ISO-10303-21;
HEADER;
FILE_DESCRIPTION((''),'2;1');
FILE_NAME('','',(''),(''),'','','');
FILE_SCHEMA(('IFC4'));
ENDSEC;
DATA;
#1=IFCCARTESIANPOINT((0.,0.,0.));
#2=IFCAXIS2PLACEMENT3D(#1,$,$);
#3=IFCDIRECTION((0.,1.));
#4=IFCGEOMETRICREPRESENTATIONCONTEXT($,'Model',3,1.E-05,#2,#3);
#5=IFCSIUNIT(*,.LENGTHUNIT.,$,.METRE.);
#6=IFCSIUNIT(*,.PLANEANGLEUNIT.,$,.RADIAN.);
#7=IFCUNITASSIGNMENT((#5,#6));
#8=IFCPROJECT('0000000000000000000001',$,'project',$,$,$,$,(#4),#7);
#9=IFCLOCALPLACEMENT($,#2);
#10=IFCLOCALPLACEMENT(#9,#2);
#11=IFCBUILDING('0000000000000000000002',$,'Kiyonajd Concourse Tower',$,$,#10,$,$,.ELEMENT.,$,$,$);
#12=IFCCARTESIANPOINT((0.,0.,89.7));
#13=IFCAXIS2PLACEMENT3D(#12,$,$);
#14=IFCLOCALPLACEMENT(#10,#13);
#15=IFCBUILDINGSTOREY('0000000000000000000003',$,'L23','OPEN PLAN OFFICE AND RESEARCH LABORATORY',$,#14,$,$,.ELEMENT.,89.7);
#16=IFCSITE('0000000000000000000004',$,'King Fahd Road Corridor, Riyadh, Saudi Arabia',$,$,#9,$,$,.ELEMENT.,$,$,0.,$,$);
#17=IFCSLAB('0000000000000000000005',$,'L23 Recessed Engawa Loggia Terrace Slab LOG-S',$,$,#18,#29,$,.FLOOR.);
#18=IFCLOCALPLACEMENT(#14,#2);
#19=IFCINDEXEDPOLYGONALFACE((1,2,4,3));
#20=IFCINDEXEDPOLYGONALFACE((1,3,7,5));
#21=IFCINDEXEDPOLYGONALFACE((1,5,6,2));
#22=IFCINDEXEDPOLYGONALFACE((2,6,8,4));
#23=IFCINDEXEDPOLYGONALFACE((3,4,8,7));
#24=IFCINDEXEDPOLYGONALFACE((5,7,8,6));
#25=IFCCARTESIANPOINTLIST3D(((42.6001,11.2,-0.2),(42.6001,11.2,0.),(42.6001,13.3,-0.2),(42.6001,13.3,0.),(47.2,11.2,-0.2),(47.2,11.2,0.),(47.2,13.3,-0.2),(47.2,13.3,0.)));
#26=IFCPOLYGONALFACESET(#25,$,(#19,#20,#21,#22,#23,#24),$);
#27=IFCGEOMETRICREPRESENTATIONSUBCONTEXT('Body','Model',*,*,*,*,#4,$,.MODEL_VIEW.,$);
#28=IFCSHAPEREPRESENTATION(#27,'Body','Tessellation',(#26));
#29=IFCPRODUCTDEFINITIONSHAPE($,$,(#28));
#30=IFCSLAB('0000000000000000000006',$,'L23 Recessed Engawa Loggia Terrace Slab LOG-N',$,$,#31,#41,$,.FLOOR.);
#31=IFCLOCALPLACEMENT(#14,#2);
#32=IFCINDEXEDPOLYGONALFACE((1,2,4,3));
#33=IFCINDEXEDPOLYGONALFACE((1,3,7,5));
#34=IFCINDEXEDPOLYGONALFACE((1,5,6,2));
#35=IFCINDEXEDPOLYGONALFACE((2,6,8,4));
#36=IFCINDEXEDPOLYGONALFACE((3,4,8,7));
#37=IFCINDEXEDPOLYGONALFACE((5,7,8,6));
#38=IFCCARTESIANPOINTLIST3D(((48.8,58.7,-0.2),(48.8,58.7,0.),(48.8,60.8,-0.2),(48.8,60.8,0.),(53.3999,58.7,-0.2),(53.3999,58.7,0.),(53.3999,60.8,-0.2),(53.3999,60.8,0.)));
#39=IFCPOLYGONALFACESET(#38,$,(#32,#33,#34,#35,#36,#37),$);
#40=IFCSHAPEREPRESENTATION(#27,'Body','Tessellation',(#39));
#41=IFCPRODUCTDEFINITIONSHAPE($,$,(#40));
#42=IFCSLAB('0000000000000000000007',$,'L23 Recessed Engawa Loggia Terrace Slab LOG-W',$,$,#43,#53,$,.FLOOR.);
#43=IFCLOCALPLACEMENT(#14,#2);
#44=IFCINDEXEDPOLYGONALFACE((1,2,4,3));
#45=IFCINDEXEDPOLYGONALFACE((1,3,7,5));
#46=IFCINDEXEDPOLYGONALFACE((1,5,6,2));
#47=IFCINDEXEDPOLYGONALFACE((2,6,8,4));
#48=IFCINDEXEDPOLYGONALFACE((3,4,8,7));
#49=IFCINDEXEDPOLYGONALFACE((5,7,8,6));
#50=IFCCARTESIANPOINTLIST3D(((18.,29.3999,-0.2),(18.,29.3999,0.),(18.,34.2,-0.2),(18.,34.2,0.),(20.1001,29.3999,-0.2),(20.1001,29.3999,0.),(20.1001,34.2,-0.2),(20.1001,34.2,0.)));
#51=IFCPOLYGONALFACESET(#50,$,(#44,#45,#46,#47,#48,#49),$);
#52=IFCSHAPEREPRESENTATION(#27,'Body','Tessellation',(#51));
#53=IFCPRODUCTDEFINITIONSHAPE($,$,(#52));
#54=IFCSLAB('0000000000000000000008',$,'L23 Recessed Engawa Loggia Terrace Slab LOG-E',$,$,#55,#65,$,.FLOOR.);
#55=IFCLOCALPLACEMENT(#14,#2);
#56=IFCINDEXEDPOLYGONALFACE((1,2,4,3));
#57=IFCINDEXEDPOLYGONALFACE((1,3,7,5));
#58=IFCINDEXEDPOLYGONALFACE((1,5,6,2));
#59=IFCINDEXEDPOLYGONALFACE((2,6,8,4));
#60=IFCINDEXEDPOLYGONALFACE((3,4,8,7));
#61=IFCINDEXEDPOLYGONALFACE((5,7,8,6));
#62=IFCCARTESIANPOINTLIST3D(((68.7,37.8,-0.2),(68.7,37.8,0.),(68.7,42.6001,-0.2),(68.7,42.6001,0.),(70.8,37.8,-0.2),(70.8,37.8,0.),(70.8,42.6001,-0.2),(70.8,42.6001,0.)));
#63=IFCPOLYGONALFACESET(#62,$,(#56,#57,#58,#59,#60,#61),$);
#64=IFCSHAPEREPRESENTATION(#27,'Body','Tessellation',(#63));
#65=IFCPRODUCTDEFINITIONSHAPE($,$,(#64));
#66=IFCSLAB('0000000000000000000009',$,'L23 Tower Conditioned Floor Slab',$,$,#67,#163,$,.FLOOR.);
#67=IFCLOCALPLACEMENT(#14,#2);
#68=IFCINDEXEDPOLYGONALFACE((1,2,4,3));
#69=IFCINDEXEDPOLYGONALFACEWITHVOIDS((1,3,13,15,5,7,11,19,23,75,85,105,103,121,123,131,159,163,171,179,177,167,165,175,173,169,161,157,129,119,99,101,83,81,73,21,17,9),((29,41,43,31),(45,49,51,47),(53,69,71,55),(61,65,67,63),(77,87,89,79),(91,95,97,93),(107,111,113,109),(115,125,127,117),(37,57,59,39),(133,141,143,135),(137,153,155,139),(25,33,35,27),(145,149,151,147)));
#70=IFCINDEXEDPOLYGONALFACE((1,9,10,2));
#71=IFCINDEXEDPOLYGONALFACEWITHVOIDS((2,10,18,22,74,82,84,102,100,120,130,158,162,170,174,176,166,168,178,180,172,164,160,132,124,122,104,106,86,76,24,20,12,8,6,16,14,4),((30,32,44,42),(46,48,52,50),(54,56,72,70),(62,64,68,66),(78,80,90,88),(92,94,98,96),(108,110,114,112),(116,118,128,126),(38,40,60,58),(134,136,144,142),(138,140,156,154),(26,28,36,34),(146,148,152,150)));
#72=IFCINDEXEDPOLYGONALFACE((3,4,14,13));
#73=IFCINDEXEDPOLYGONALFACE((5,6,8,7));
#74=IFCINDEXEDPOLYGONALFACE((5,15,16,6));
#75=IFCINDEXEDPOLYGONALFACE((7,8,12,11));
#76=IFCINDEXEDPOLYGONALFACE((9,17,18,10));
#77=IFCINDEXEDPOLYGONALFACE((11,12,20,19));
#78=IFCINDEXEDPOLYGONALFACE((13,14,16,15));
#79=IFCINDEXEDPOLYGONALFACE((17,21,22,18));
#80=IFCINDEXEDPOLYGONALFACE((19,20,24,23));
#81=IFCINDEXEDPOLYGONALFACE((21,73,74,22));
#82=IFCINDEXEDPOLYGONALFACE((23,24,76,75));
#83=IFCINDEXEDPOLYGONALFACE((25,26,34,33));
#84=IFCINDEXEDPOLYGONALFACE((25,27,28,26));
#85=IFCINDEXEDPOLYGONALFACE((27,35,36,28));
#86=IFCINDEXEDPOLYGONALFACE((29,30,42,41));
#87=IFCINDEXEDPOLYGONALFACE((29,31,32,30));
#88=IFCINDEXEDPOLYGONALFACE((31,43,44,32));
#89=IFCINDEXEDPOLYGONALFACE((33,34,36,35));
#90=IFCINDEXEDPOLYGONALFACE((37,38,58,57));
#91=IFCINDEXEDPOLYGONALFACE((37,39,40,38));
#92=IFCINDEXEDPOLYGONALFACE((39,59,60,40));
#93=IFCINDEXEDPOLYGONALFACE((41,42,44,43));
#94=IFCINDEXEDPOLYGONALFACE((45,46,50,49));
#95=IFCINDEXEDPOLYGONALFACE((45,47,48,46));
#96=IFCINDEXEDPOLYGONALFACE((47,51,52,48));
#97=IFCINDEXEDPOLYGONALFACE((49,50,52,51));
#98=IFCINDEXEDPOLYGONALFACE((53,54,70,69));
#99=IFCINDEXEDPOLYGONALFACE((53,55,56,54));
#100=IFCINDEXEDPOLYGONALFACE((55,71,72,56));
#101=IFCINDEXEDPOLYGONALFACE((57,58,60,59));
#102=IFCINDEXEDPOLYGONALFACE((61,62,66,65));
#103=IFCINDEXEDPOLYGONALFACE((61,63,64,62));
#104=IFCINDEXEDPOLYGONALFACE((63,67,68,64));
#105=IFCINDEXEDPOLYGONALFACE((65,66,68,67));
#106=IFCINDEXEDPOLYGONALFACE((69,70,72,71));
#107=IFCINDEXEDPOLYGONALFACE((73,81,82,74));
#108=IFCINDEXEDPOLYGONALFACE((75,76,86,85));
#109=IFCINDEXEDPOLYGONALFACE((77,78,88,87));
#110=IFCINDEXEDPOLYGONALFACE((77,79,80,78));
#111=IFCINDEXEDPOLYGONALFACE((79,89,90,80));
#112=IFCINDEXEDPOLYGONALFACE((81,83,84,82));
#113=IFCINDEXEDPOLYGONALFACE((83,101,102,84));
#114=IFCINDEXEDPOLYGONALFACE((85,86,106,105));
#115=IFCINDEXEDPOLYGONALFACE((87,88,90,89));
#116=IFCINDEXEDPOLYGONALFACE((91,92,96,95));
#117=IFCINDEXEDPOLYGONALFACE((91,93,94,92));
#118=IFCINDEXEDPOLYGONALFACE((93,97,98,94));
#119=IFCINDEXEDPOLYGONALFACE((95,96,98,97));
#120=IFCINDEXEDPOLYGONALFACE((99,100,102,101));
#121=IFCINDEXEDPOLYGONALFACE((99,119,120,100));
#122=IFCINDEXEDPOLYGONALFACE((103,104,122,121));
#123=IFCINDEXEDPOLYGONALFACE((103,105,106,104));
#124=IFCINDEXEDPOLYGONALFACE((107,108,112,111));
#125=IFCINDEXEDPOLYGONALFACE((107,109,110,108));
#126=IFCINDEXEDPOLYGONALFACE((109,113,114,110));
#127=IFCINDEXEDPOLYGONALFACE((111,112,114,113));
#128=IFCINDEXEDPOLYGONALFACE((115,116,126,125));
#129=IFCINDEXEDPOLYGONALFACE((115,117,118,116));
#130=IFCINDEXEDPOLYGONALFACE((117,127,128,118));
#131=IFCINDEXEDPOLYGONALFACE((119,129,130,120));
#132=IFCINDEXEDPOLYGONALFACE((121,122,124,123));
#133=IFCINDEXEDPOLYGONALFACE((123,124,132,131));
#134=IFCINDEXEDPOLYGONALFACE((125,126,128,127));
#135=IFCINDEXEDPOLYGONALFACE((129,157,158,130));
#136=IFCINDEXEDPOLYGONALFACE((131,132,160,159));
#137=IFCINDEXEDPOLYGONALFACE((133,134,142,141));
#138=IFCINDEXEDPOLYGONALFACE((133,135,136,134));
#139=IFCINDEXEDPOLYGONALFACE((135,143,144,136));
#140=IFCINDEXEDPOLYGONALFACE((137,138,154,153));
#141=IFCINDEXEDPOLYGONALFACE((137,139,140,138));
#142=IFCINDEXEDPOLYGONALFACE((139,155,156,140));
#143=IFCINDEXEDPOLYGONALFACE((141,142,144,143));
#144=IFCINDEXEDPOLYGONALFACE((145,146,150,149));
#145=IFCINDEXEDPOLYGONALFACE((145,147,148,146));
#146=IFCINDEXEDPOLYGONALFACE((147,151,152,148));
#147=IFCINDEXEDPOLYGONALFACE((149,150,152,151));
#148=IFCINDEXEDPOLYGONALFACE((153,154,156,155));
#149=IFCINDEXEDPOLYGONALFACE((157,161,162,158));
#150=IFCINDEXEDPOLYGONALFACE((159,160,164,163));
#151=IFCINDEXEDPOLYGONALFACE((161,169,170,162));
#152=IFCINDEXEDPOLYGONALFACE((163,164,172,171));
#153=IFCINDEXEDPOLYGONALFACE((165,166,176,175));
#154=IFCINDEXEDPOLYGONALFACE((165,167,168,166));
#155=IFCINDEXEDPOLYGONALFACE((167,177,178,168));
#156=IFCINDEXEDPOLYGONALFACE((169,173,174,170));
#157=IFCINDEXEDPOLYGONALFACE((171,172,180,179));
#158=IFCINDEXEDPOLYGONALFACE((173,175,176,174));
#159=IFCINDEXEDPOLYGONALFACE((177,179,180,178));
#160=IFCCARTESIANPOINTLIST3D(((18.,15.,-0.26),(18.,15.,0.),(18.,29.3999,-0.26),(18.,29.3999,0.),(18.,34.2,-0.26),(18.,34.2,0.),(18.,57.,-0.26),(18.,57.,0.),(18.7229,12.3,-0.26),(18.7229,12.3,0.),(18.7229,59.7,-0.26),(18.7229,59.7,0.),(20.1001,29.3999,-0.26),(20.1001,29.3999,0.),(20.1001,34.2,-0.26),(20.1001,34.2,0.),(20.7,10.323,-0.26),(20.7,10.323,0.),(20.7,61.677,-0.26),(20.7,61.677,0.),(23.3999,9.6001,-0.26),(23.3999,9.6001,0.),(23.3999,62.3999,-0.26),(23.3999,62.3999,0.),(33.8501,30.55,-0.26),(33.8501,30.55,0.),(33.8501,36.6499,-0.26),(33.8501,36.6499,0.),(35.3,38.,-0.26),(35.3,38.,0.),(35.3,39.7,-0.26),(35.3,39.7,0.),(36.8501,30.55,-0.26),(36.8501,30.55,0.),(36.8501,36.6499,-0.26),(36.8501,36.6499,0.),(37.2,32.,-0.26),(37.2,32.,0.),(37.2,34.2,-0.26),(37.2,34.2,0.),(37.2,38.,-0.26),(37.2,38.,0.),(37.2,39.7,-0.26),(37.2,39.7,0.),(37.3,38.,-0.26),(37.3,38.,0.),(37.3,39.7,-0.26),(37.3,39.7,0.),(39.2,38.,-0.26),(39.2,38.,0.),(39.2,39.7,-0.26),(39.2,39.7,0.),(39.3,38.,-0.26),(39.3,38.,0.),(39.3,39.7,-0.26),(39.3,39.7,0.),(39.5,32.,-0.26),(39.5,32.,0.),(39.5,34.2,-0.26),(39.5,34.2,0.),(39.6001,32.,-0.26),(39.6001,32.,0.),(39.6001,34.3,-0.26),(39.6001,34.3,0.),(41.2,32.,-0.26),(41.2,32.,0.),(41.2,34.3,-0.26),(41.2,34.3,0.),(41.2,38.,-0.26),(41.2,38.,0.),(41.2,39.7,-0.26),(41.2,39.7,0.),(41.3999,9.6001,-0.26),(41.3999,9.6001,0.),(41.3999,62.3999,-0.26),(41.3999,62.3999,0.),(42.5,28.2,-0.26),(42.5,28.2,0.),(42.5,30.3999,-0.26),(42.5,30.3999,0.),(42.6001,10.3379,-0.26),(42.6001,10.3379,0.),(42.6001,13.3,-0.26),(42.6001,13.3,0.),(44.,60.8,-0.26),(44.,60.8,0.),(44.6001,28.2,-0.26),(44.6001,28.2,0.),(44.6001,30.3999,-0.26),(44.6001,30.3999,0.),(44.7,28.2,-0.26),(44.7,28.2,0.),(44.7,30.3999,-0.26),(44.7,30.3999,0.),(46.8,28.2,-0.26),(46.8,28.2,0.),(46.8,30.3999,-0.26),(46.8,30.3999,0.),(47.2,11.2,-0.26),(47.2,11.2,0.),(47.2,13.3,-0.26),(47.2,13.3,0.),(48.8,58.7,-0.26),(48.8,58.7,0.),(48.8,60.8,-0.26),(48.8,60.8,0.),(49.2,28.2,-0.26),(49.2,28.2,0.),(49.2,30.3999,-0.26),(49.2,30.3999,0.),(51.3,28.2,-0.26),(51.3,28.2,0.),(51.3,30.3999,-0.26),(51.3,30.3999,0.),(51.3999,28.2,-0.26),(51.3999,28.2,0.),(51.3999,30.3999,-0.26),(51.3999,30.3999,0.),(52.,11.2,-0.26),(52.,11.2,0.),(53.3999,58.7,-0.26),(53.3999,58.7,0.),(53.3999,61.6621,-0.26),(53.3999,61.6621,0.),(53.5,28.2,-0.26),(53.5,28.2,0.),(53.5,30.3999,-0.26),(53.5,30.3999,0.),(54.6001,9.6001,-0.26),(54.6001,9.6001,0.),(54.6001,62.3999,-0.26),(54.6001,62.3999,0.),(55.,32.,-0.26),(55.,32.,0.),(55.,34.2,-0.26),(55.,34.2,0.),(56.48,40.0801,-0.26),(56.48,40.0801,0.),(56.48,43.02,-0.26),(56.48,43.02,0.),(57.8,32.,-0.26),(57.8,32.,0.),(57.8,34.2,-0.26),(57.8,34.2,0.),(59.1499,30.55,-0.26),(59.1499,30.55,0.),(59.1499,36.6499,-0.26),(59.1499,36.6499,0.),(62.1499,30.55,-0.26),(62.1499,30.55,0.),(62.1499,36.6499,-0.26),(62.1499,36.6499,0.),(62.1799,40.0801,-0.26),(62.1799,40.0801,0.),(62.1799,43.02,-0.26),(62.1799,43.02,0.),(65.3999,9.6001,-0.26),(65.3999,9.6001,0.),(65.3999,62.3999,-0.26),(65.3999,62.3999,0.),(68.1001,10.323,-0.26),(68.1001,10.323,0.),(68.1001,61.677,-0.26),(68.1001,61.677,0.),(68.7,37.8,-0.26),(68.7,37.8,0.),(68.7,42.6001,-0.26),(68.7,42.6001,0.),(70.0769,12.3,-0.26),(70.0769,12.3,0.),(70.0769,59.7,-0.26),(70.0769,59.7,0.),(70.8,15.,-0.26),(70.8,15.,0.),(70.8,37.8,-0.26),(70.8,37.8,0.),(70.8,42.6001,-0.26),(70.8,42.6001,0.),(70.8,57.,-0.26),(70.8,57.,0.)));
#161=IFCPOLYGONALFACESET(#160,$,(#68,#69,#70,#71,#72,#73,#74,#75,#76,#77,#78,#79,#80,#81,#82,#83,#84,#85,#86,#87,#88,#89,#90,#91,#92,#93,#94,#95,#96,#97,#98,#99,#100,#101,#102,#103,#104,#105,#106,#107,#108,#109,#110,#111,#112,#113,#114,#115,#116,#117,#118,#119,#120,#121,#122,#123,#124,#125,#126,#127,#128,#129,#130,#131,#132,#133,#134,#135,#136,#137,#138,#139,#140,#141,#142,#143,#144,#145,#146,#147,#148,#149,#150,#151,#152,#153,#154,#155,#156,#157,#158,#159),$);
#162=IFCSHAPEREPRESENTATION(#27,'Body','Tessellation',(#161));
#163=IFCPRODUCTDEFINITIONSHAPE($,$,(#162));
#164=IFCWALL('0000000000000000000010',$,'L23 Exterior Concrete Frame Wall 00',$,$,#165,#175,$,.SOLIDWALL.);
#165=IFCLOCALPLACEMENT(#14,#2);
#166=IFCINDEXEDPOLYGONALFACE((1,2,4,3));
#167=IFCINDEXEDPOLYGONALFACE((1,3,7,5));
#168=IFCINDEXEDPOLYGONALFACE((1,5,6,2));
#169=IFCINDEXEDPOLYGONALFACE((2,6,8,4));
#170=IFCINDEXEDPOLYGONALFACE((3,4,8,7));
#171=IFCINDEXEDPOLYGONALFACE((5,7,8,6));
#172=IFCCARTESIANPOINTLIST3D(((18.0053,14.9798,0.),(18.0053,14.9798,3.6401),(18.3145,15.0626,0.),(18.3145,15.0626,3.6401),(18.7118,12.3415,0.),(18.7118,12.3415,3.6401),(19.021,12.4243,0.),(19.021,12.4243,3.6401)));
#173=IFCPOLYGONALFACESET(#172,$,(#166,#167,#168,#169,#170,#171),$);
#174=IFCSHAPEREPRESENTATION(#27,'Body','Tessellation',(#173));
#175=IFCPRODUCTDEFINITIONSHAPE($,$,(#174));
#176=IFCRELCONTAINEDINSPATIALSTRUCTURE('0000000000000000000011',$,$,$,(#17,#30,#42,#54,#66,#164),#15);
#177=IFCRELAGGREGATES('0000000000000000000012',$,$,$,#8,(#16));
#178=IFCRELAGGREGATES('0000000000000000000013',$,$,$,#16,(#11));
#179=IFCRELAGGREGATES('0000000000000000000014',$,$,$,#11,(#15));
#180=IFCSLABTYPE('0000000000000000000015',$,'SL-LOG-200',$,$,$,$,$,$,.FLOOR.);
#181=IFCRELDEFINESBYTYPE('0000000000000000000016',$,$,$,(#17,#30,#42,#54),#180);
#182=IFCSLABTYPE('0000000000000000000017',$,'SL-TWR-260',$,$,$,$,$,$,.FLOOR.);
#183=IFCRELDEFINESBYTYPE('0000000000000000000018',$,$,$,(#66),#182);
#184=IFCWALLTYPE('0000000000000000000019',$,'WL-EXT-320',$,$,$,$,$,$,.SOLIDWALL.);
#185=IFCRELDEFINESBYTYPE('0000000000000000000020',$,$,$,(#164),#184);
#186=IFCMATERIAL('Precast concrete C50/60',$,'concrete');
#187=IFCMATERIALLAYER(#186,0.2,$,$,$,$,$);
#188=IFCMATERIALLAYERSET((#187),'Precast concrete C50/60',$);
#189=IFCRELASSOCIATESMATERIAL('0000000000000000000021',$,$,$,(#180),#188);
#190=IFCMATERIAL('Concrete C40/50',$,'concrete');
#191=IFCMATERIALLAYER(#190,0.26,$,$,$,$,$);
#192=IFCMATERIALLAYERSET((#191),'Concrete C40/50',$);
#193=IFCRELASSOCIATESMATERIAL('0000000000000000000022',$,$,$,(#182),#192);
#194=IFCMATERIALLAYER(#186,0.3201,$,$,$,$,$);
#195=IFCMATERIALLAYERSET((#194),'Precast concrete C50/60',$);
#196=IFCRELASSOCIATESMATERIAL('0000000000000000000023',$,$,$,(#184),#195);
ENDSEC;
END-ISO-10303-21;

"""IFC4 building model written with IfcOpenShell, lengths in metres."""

from ifc_helpers import new_model, si_unit, direction, frame, frame_2d, origin, place, context, subcontext, project, spatial, polyline, rectangle, outline, extrude, material, layer, layer_set, type_object, element, save


model = new_model("IFC4")

# Units and contexts
model_context = context("Model", 3, precision=1e-05, world=origin(), true_north=direction((0.0, 1.0)))
body_context = subcontext(model_context, "Body", "Model", "MODEL_VIEW")
ifc_project = project(units=[si_unit("LENGTHUNIT", "METRE"), si_unit("PLANEANGLEUNIT", "RADIAN")], contexts=[model_context])

# Site, building, storey
site_placement = place(None, origin())
site = spatial("IfcSite", under=ifc_project, at=site_placement, Name="King Fahd Road Corridor, Riyadh, Saudi Arabia", CompositionType="ELEMENT", RefElevation=0.0)
building_placement = place(site_placement, origin())
building = spatial("IfcBuilding", under=site, at=building_placement, Name="Kiyonajd Concourse Tower", CompositionType="ELEMENT")
storey_placement = place(building_placement, frame((0.0, 0.0, 89.7)))
storey = spatial("IfcBuildingStorey", under=building, at=storey_placement, Name="L23", Description="OPEN PLAN OFFICE AND RESEARCH LABORATORY", CompositionType="ELEMENT", Elevation=89.7)

# Shared definitions
ifc_material_1 = material(Name="Precast concrete C50/60", Category="concrete")

# Shared definitions
ifc_material_2 = material(Name="Concrete C40/50", Category="concrete")

# Slabs
ifc_layer_1 = layer(ifc_material_1, 0.2)
ifc_layer_set_1 = layer_set([ifc_layer_1], Name="Precast concrete C50/60")
slab_type_1 = type_object("IfcSlabType", Name="SL-LOG-200", PredefinedType="FLOOR", material=ifc_layer_set_1)
slab_1_placement = place(storey_placement, frame((0.0, 0.0, -0.2)))
element("IfcSlab", 1, at=slab_1_placement, inside=storey, type_object=slab_type_1, Name="L23 Recessed Engawa Loggia Terrace Slab LOG-S", PredefinedType="FLOOR", context=body_context, shape_type="SweptSolid", body=[
    extrude(outline(polyline([(42.6001, 11.2), (47.2, 11.2), (47.2, 13.3), (42.6001, 13.3), (42.6001, 11.2)])), origin(), (0.0, 0.0, 1.0), 0.2),
])
slab_2_placement = place(storey_placement, frame((0.0, 0.0, -0.2)))
element("IfcSlab", 2, at=slab_2_placement, inside=storey, type_object=slab_type_1, Name="L23 Recessed Engawa Loggia Terrace Slab LOG-N", PredefinedType="FLOOR", context=body_context, shape_type="SweptSolid", body=[
    extrude(outline(polyline([(48.8, 58.7), (53.3999, 58.7), (53.3999, 60.8), (48.8, 60.8), (48.8, 58.7)])), origin(), (0.0, 0.0, 1.0), 0.2),
])
slab_3_placement = place(storey_placement, frame((0.0, 0.0, -0.2)))
element("IfcSlab", 3, at=slab_3_placement, inside=storey, type_object=slab_type_1, Name="L23 Recessed Engawa Loggia Terrace Slab LOG-W", PredefinedType="FLOOR", context=body_context, shape_type="SweptSolid", body=[
    extrude(outline(polyline([(18.0, 29.3999), (20.1001, 29.3999), (20.1001, 34.2), (18.0, 34.2), (18.0, 29.3999)])), origin(), (0.0, 0.0, 1.0), 0.2),
])
slab_4_placement = place(storey_placement, frame((0.0, 0.0, -0.2)))
element("IfcSlab", 4, at=slab_4_placement, inside=storey, type_object=slab_type_1, Name="L23 Recessed Engawa Loggia Terrace Slab LOG-E", PredefinedType="FLOOR", context=body_context, shape_type="SweptSolid", body=[
    extrude(outline(polyline([(68.7, 37.8), (70.8, 37.8), (70.8, 42.6001), (68.7, 42.6001), (68.7, 37.8)])), origin(), (0.0, 0.0, 1.0), 0.2),
])
ifc_layer_2 = layer(ifc_material_2, 0.26)
ifc_layer_set_2 = layer_set([ifc_layer_2], Name="Concrete C40/50")
slab_type_2 = type_object("IfcSlabType", Name="SL-TWR-260", PredefinedType="FLOOR", material=ifc_layer_set_2)
slab_5_placement = place(storey_placement, frame((0.0, 0.0, -0.26)))
element("IfcSlab", 5, at=slab_5_placement, inside=storey, type_object=slab_type_2, Name="L23 Tower Conditioned Floor Slab", PredefinedType="FLOOR", context=body_context, shape_type="SweptSolid", body=[
    extrude(outline(polyline([(18.7229, 12.3), (18.0, 15.0), (18.0, 29.3999), (20.1001, 29.3999), (20.1001, 34.2), (18.0, 34.2), (18.0, 57.0), (18.7229, 59.7), (20.7, 61.677), (23.3999, 62.3999), (41.3999, 62.3999), (44.0, 60.8), (48.8, 60.8), (48.8, 58.7), (53.3999, 58.7), (53.3999, 61.6621), (54.6001, 62.3999), (65.3999, 62.3999), (68.1001, 61.677), (70.0769, 59.7), (70.8, 57.0), (70.8, 42.6001), (68.7, 42.6001), (68.7, 37.8), (70.8, 37.8), (70.8, 15.0), (70.0769, 12.3), (68.1001, 10.323), (65.3999, 9.6001), (54.6001, 9.6001), (52.0, 11.2), (47.2, 11.2), (47.2, 13.3), (42.6001, 13.3), (42.6001, 10.3379), (41.3999, 9.6001), (23.3999, 9.6001), (20.7, 10.323), (18.7229, 12.3)]), holes=[polyline([(44.6001, 28.2), (42.5, 28.2), (42.5, 30.3999), (44.6001, 30.3999), (44.6001, 28.2)]), polyline([(37.2, 32.0), (37.2, 34.2), (39.5, 34.2), (39.5, 32.0), (37.2, 32.0)]), polyline([(39.6001, 32.0), (39.6001, 34.3), (41.2, 34.3), (41.2, 32.0), (39.6001, 32.0)]), polyline([(36.8501, 30.55), (33.8501, 30.55), (33.8501, 36.6499), (36.8501, 36.6499), (36.8501, 30.55)]), polyline([(35.3, 38.0), (35.3, 39.7), (37.2, 39.7), (37.2, 38.0), (35.3, 38.0)]), polyline([(37.3, 38.0), (37.3, 39.7), (39.2, 39.7), (39.2, 38.0), (37.3, 38.0)]), polyline([(41.2, 38.0), (39.3, 38.0), (39.3, 39.7), (41.2, 39.7), (41.2, 38.0)]), polyline([(44.7, 28.2), (44.7, 30.3999), (46.8, 30.3999), (46.8, 28.2), (44.7, 28.2)]), polyline([(49.2, 28.2), (49.2, 30.3999), (51.3, 30.3999), (51.3, 28.2), (49.2, 28.2)]), polyline([(51.3999, 28.2), (51.3999, 30.3999), (53.5, 30.3999), (53.5, 28.2), (51.3999, 28.2)]), polyline([(55.0, 32.0), (55.0, 34.2), (57.8, 34.2), (57.8, 32.0), (55.0, 32.0)]), polyline([(59.1499, 30.55), (59.1499, 36.6499), (62.1499, 36.6499), (62.1499, 30.55), (59.1499, 30.55)]), polyline([(56.48, 43.02), (62.1799, 43.02), (62.1799, 40.0801), (56.48, 40.0801), (56.48, 43.02)])]), origin(), (0.0, 0.0, 1.0), 0.26),
])

# Wall
ifc_layer_3 = layer(ifc_material_1, 0.3201)
ifc_layer_set_3 = layer_set([ifc_layer_3], Name="Precast concrete C50/60")
wall_type_1 = type_object("IfcWallType", Name="WL-EXT-320", PredefinedType="SOLIDWALL", material=ifc_layer_set_3)
wall_1_placement = place(storey_placement, frame((18.8665, 12.3828, 0.0), z_axis=(0.0, 0.0, 1.0), x_axis=(-0.258697, 0.965958, 0.0)))
element("IfcWall", 6, at=wall_1_placement, inside=storey, type_object=wall_type_1, Name="L23 Exterior Concrete Frame Wall 00", PredefinedType="SOLIDWALL", context=body_context, shape_type="SweptSolid", body=[
    extrude(rectangle(XDim=2.7312, YDim=0.3201, at=frame_2d((1.3657, 0.0))), origin(), (0.0, 0.0, 1.0), 3.6401),
])

save(model, "model.ifc")
